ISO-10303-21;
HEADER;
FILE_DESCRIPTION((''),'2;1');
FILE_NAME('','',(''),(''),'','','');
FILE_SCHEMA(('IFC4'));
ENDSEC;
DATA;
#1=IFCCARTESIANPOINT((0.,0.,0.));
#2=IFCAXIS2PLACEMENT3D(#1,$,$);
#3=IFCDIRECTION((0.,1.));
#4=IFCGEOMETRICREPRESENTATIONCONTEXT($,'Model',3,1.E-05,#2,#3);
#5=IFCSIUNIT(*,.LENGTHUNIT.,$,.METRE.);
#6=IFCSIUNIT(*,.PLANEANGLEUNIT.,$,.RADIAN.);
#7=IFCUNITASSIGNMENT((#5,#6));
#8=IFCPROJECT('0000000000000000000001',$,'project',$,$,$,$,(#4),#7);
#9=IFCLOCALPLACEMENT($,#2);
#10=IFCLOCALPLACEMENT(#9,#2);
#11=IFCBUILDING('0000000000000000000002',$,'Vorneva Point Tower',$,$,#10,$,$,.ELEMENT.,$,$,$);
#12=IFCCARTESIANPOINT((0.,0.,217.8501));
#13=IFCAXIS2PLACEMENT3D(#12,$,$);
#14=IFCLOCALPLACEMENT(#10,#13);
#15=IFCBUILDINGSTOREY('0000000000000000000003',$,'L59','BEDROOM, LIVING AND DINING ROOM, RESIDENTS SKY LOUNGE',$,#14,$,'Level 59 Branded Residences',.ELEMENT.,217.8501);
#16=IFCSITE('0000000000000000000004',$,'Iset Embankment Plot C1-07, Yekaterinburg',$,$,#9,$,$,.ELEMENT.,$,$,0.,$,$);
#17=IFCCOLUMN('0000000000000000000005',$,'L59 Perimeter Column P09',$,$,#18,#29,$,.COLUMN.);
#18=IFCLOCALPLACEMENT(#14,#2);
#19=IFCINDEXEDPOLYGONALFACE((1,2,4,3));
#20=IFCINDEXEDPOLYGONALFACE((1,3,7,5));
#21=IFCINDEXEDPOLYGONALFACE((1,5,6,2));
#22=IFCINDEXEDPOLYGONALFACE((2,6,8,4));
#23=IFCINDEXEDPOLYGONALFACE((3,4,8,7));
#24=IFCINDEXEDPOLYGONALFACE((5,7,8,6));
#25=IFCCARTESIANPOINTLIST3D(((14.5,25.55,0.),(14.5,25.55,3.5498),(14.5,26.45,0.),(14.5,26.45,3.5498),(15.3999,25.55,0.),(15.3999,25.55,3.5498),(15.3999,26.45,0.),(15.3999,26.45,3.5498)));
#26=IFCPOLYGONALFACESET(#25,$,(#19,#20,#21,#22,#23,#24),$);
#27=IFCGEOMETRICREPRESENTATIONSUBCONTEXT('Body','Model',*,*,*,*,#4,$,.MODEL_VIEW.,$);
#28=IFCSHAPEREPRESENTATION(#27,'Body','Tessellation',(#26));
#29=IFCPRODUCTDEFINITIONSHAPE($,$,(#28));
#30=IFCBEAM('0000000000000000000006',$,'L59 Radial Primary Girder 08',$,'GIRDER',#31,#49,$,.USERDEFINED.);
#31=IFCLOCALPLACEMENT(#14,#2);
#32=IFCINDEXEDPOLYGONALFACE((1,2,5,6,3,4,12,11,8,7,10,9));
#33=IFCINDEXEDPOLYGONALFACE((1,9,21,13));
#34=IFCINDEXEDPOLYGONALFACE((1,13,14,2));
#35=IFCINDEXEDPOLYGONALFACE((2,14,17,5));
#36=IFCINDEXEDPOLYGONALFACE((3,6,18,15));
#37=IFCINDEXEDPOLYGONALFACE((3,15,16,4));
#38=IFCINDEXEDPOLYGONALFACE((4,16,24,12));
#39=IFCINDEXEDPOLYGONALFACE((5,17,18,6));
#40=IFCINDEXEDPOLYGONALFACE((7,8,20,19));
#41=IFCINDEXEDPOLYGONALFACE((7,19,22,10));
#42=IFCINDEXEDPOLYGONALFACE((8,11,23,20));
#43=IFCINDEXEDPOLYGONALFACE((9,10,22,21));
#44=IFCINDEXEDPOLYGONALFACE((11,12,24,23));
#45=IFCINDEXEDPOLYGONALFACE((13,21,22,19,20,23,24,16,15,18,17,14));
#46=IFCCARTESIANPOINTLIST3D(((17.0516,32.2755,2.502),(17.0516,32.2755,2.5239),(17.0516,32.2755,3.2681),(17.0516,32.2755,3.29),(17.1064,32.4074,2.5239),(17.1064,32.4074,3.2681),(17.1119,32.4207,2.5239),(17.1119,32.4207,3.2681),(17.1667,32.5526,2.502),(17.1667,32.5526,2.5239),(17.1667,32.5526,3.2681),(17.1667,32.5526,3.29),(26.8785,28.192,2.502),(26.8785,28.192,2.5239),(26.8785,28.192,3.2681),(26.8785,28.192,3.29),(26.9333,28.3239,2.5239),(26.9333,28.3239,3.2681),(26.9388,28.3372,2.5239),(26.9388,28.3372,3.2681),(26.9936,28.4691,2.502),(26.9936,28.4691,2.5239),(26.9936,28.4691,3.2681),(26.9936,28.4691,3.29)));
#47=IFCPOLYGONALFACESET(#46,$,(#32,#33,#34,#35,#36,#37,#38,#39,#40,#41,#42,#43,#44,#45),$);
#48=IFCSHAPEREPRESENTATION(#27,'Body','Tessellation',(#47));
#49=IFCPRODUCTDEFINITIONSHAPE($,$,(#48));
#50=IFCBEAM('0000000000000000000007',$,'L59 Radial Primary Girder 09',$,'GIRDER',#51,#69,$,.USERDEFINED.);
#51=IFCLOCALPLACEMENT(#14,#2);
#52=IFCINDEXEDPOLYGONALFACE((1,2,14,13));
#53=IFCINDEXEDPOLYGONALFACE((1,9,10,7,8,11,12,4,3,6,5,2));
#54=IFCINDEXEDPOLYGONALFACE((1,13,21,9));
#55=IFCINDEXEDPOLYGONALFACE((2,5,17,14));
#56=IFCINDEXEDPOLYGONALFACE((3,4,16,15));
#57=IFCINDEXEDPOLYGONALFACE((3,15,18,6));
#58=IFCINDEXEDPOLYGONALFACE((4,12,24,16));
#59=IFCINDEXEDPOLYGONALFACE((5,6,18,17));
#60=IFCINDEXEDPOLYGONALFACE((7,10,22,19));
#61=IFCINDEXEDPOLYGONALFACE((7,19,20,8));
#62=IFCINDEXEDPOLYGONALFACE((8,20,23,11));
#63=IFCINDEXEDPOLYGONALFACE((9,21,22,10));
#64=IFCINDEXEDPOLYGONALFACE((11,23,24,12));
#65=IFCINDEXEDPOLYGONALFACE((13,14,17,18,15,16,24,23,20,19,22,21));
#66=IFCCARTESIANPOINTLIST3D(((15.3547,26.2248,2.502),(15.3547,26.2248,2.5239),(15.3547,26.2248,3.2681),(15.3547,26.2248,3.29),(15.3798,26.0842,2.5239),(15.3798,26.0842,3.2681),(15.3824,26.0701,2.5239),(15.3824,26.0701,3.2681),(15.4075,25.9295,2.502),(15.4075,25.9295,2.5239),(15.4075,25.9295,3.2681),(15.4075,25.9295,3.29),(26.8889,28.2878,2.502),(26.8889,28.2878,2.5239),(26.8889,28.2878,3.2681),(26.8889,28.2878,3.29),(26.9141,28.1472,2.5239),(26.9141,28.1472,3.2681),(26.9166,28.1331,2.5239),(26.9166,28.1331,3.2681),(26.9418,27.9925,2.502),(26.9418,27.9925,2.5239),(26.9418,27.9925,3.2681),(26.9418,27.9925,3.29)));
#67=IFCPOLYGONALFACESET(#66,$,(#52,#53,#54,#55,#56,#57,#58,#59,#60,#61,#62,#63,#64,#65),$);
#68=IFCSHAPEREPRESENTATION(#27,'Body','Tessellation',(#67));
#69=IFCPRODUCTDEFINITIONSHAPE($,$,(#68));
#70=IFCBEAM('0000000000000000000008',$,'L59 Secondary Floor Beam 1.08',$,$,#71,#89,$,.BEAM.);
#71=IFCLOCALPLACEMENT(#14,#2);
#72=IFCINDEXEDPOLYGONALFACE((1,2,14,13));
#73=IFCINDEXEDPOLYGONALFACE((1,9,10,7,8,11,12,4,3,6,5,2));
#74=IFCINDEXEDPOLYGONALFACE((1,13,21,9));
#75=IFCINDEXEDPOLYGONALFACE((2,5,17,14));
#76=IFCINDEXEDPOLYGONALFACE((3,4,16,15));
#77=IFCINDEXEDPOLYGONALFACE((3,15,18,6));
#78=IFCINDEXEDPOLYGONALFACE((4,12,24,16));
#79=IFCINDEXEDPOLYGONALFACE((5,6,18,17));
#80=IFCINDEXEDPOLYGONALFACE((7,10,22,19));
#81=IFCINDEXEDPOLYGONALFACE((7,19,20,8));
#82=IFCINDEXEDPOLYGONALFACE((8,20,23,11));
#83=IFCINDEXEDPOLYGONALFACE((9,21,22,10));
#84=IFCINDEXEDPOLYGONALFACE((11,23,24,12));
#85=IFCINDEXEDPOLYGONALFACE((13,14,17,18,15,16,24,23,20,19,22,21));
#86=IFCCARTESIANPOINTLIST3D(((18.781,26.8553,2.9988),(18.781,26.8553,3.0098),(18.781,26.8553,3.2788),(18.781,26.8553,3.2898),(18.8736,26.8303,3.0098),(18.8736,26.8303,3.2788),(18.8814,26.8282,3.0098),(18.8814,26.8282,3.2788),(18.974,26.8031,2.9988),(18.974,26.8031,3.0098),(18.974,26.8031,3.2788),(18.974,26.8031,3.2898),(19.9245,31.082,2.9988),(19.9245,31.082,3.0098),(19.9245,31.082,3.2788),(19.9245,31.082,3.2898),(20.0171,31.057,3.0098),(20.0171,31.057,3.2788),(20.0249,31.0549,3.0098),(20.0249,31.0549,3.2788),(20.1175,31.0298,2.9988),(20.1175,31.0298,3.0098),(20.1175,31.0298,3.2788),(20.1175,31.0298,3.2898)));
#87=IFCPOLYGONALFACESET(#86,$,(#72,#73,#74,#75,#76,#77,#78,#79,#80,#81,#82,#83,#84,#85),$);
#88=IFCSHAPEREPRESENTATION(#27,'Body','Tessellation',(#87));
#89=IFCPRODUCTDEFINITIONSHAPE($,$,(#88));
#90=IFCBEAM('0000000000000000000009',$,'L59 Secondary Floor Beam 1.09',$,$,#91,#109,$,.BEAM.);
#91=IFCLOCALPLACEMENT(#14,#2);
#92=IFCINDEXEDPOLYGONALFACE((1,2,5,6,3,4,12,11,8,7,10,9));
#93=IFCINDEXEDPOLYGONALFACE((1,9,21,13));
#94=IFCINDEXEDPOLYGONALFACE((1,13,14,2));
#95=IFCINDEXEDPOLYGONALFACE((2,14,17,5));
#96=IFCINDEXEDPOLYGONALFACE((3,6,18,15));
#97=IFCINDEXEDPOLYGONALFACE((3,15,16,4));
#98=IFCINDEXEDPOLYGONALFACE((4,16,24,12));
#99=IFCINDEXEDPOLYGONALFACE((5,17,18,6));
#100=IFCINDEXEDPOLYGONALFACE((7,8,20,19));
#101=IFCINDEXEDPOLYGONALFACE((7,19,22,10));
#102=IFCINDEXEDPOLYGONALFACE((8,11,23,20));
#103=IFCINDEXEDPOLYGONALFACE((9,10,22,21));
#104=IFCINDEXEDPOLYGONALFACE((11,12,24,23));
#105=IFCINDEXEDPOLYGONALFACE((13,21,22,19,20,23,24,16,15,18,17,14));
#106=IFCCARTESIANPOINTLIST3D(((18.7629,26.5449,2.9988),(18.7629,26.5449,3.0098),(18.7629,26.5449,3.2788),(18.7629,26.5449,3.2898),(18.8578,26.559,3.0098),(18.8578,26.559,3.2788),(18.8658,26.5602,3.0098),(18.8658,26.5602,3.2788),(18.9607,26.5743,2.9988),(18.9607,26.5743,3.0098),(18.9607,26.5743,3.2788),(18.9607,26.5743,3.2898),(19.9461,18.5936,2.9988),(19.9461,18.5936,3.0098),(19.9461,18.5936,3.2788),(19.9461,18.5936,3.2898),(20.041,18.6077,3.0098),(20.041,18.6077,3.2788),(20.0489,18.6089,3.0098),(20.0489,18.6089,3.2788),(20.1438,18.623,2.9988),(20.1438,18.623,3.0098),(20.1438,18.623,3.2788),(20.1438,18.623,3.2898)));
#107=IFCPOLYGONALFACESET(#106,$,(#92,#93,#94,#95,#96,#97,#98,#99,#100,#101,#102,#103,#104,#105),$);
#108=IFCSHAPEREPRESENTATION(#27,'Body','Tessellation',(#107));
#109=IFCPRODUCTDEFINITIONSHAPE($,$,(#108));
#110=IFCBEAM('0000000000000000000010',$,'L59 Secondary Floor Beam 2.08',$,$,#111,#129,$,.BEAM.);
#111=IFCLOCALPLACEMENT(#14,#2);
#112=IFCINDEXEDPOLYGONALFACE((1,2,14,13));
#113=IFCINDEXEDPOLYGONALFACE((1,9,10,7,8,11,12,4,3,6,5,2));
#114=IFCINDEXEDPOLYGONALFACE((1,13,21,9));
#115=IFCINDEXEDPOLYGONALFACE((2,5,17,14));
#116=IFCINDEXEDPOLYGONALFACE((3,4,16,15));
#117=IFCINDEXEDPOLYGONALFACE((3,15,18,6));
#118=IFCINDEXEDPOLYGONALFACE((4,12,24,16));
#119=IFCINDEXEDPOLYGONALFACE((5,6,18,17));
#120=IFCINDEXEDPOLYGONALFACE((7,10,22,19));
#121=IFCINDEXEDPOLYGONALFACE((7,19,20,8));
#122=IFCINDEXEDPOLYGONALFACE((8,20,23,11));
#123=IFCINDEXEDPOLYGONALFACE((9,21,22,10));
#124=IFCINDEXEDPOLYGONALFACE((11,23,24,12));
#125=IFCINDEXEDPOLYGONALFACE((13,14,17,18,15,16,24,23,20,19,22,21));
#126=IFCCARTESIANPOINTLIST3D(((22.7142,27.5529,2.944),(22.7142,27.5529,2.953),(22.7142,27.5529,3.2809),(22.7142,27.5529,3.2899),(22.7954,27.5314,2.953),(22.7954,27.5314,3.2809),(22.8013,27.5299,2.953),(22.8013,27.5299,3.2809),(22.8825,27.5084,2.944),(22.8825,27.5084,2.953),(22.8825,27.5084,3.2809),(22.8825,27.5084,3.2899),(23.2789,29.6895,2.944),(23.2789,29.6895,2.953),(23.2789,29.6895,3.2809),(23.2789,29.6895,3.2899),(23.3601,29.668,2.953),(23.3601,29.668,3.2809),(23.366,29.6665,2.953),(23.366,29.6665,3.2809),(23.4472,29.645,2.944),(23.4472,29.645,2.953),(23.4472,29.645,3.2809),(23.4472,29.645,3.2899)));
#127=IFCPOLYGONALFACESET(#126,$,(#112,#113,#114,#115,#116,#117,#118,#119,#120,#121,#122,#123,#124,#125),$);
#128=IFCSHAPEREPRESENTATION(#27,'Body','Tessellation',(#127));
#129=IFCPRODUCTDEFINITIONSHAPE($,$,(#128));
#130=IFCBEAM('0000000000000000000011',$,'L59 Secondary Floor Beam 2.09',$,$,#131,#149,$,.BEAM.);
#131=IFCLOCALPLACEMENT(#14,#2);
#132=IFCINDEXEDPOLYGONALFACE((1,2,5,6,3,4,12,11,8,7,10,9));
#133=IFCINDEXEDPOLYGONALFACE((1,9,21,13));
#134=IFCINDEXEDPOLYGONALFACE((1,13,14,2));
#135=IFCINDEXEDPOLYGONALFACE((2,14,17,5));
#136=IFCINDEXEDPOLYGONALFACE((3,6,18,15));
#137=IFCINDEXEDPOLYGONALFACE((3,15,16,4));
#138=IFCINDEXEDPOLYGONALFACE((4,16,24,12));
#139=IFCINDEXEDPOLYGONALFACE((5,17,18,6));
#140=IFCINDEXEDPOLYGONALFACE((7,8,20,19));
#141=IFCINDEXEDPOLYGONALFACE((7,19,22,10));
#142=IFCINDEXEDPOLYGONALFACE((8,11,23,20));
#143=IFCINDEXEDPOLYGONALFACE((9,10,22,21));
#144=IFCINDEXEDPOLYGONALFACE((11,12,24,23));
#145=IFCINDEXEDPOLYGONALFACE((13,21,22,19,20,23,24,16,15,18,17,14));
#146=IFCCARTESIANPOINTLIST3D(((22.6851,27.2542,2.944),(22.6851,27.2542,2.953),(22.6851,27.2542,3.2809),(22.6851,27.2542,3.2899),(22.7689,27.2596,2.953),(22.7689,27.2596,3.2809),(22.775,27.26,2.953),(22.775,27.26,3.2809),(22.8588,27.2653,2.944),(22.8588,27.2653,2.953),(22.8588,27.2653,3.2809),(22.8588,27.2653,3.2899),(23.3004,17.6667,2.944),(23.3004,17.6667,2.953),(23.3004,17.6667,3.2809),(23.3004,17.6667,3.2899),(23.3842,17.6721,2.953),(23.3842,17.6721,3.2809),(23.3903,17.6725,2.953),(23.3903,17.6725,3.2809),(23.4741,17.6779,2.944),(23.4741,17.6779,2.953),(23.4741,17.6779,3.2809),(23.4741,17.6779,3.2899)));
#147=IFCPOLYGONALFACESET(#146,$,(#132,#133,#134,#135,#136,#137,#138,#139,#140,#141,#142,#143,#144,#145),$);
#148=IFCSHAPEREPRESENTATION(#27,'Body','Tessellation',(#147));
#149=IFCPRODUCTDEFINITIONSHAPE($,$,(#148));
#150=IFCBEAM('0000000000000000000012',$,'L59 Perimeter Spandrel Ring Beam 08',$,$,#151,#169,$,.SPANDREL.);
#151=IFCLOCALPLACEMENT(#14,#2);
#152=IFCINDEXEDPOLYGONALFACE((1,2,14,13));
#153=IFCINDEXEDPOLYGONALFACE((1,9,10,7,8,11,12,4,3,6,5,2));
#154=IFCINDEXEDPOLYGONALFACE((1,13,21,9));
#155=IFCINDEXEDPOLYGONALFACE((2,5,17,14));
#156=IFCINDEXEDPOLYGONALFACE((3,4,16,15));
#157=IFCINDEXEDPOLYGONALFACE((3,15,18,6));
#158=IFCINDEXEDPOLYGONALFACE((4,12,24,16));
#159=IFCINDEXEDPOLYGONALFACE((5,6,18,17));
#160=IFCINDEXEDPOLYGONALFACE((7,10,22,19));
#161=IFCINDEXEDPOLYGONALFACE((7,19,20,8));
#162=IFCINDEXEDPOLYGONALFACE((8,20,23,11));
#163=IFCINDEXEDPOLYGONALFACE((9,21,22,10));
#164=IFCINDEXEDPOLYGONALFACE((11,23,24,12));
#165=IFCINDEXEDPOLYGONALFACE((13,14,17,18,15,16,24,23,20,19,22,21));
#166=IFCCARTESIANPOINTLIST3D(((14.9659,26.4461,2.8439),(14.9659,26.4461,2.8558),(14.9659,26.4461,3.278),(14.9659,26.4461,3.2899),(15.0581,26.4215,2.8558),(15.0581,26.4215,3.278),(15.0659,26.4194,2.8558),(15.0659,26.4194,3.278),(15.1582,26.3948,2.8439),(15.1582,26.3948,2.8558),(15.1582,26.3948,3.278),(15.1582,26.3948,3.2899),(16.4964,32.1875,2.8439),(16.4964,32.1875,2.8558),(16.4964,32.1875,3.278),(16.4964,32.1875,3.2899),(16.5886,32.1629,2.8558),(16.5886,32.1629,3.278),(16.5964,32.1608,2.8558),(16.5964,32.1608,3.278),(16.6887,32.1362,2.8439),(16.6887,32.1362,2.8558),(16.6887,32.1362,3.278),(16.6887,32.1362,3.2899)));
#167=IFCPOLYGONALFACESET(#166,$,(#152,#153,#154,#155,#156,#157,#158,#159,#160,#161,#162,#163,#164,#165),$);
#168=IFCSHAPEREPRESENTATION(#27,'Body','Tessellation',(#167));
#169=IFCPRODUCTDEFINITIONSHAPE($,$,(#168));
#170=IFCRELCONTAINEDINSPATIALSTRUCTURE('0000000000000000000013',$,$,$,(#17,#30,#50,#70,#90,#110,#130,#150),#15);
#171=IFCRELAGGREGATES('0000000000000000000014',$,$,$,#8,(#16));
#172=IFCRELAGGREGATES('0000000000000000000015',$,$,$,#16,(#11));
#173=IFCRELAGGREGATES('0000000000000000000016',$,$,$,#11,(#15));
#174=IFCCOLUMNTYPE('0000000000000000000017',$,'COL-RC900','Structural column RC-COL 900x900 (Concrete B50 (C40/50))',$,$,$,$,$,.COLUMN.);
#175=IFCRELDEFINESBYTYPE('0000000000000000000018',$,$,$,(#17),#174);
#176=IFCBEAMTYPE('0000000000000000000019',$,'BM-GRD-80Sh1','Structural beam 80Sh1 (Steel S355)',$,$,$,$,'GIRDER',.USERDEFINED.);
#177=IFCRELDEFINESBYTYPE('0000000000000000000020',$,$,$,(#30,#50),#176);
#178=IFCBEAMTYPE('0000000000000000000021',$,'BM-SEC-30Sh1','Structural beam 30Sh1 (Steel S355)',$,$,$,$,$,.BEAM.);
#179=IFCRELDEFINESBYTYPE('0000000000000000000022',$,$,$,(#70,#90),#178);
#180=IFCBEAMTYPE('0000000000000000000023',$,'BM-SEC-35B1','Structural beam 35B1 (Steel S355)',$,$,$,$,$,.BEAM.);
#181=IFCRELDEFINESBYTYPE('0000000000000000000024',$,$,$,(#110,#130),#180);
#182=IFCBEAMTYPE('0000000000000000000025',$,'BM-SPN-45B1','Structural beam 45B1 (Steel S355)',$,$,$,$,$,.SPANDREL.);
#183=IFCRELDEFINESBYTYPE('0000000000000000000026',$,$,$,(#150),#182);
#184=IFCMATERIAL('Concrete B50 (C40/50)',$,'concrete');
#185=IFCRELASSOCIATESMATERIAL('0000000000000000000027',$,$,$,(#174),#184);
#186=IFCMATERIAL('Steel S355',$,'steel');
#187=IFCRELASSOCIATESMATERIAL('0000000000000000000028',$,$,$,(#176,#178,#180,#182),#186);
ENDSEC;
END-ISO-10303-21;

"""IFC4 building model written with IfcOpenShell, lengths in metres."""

from ifc_helpers import new_model, si_unit, direction, frame, origin, origin_2d, place, context, subcontext, project, spatial, rectangle, i_section, extrude, material, material_profile, profile_set, type_object, element, save


model = new_model("IFC4")

# Units and contexts
model_context = context("Model", 3, precision=1e-05, world=origin(), true_north=direction((0.0, 1.0)))
body_context = subcontext(model_context, "Body", "Model", "MODEL_VIEW")
ifc_project = project(units=[si_unit("LENGTHUNIT", "METRE"), si_unit("PLANEANGLEUNIT", "RADIAN")], contexts=[model_context])

# Site, building, storey
site_placement = place(None, origin())
site = spatial("IfcSite", under=ifc_project, at=site_placement, Name="Iset Embankment Plot C1-07, Yekaterinburg", CompositionType="ELEMENT", RefElevation=0.0)
building_placement = place(site_placement, origin())
building = spatial("IfcBuilding", under=site, at=building_placement, Name="Vorneva Point Tower", CompositionType="ELEMENT")
storey_placement = place(building_placement, frame((0.0, 0.0, 217.8501)))
storey = spatial("IfcBuildingStorey", under=building, at=storey_placement, Name="L59", Description="BEDROOM, LIVING AND DINING ROOM, RESIDENTS SKY LOUNGE", LongName="Level 59 Branded Residences", CompositionType="ELEMENT", Elevation=217.8501)

# Column
ifc_material_1 = material(Name="Concrete B50 (C40/50)", Category="concrete")
ifc_material_profile_1 = material_profile(ifc_material_1, rectangle(XDim=0.8999, YDim=0.8999, at=origin_2d()), Name="RC-COL 900x900")
ifc_profile_set_1 = profile_set([ifc_material_profile_1], Name="Concrete B50 (C40/50)")
column_type = type_object("IfcColumnType", Name="COL-RC900", Description="Structural column RC-COL 900x900 (Concrete B50 (C40/50))", PredefinedType="COLUMN", material=ifc_profile_set_1)
column_placement = place(storey_placement, frame((14.95, 26.0, 0.0), z_axis=(0.0, 0.0, 1.0), x_axis=(-1.0, 0.0, 0.0)))
element("IfcColumn", 1, at=column_placement, inside=storey, type_object=column_type, Name="L59 Perimeter Column P09", PredefinedType="COLUMN", context=body_context, shape_type="SweptSolid", body=[
    extrude(rectangle(XDim=0.8999, YDim=0.8999, at=origin_2d()), origin(), (0.0, 0.0, 1.0), 3.5498),
])

# Beams
ifc_material_2 = material(Name="Steel S355", Category="steel")
ifc_material_profile_2 = material_profile(ifc_material_2, i_section(OverallWidth=0.3, OverallDepth=0.7881, WebThickness=0.0144, FlangeThickness=0.022, at=origin_2d()), Name="80Sh1")
ifc_profile_set_2 = profile_set([ifc_material_profile_2], Name="Steel S355")
beam_type_1 = type_object("IfcBeamType", Name="BM-GRD-80Sh1", Description="Structural beam 80Sh1 (Steel S355)", ElementType="GIRDER", PredefinedType="USERDEFINED", material=ifc_profile_set_2)
beam_1_placement = place(storey_placement, frame((17.1091, 32.4141, 2.896), z_axis=(0.923445, -0.383731, 0.0), x_axis=(0.383731, 0.923445, 0.0)))
element("IfcBeam", 2, at=beam_1_placement, inside=storey, type_object=beam_type_1, Name="L59 Radial Primary Girder 08", ObjectType="GIRDER", PredefinedType="USERDEFINED", context=body_context, shape_type="SweptSolid", body=[
    extrude(i_section(OverallWidth=0.3, OverallDepth=0.7881, WebThickness=0.0144, FlangeThickness=0.022, at=origin_2d()), origin(), (0.0, 0.0, 1.0), 10.6416),
])
beam_2_placement = place(storey_placement, frame((15.3811, 26.0771, 2.896), z_axis=(0.984379, 0.176065, 0.0), x_axis=(-0.176065, 0.984379, 0.0)))
element("IfcBeam", 3, at=beam_2_placement, inside=storey, type_object=beam_type_1, Name="L59 Radial Primary Girder 09", ObjectType="GIRDER", PredefinedType="USERDEFINED", context=body_context, shape_type="SweptSolid", body=[
    extrude(i_section(OverallWidth=0.3, OverallDepth=0.7881, WebThickness=0.0144, FlangeThickness=0.022, at=origin_2d()), origin(), (0.0, 0.0, 1.0), 11.7173),
])
ifc_material_profile_3 = material_profile(ifc_material_2, i_section(OverallWidth=0.2, OverallDepth=0.291, WebThickness=0.0081, FlangeThickness=0.011, at=origin_2d()), Name="30Sh1")
ifc_profile_set_3 = profile_set([ifc_material_profile_3], Name="Steel S355")
beam_type_2 = type_object("IfcBeamType", Name="BM-SEC-30Sh1", Description="Structural beam 30Sh1 (Steel S355)", PredefinedType="BEAM", material=ifc_profile_set_3)
beam_3_placement = place(storey_placement, frame((20.021, 31.0559, 3.1443), z_axis=(-0.261159, -0.965296, 0.0), x_axis=(0.965296, -0.261159, 0.0)))
element("IfcBeam", 4, at=beam_3_placement, inside=storey, type_object=beam_type_2, Name="L59 Secondary Floor Beam 1.08", PredefinedType="BEAM", context=body_context, shape_type="SweptSolid", body=[
    extrude(i_section(OverallWidth=0.2, OverallDepth=0.291, WebThickness=0.0081, FlangeThickness=0.011, at=origin_2d()), origin(), (0.0, 0.0, 1.0), 4.3787),
])
beam_4_placement = place(storey_placement, frame((18.8618, 26.5596, 3.1443), z_axis=(0.147176, -0.98911, 0.0), x_axis=(0.98911, 0.147176, 0.0)))
element("IfcBeam", 5, at=beam_4_placement, inside=storey, type_object=beam_type_2, Name="L59 Secondary Floor Beam 1.09", PredefinedType="BEAM", context=body_context, shape_type="SweptSolid", body=[
    extrude(i_section(OverallWidth=0.2, OverallDepth=0.291, WebThickness=0.0081, FlangeThickness=0.011, at=origin_2d()), origin(), (0.0, 0.0, 1.0), 8.0388),
])
ifc_material_profile_4 = material_profile(ifc_material_2, i_section(OverallWidth=0.1741, OverallDepth=0.3459, WebThickness=0.0061, FlangeThickness=0.009, at=origin_2d()), Name="35B1")
ifc_profile_set_4 = profile_set([ifc_material_profile_4], Name="Steel S355")
beam_type_3 = type_object("IfcBeamType", Name="BM-SEC-35B1", Description="Structural beam 35B1 (Steel S355)", PredefinedType="BEAM", material=ifc_profile_set_4)
beam_5_placement = place(storey_placement, frame((23.363, 29.6672, 3.1169), z_axis=(-0.255537, -0.966799, 0.0), x_axis=(0.966799, -0.255537, 0.0)))
element("IfcBeam", 6, at=beam_5_placement, inside=storey, type_object=beam_type_3, Name="L59 Secondary Floor Beam 2.08", PredefinedType="BEAM", context=body_context, shape_type="SweptSolid", body=[
    extrude(i_section(OverallWidth=0.1741, OverallDepth=0.3459, WebThickness=0.0061, FlangeThickness=0.009, at=origin_2d()), origin(), (0.0, 0.0, 1.0), 2.21),
])
beam_6_placement = place(storey_placement, frame((22.772, 27.2598, 3.1169), z_axis=(0.064039, -0.997947, 0.0), x_axis=(0.997947, 0.064039, 0.0)))
element("IfcBeam", 7, at=beam_6_placement, inside=storey, type_object=beam_type_3, Name="L59 Secondary Floor Beam 2.09", PredefinedType="BEAM", context=body_context, shape_type="SweptSolid", body=[
    extrude(i_section(OverallWidth=0.1741, OverallDepth=0.3459, WebThickness=0.0061, FlangeThickness=0.009, at=origin_2d()), origin(), (0.0, 0.0, 1.0), 9.6072),
])
ifc_material_profile_5 = material_profile(ifc_material_2, i_section(OverallWidth=0.199, OverallDepth=0.446, WebThickness=0.0081, FlangeThickness=0.012, at=origin_2d()), Name="45B1")
ifc_profile_set_5 = profile_set([ifc_material_profile_5], Name="Steel S355")
beam_type_4 = type_object("IfcBeamType", Name="BM-SPN-45B1", Description="Structural beam 45B1 (Steel S355)", PredefinedType="SPANDREL", material=ifc_profile_set_5)
beam_7_placement = place(storey_placement, frame((16.5925, 32.1619, 3.0669), z_axis=(-0.257578, -0.966257, 0.0), x_axis=(0.966257, -0.257578, 0.0)))
element("IfcBeam", 8, at=beam_7_placement, inside=storey, type_object=beam_type_4, Name="L59 Perimeter Spandrel Ring Beam 08", PredefinedType="SPANDREL", context=body_context, shape_type="SweptSolid", body=[
    extrude(i_section(OverallWidth=0.199, OverallDepth=0.446, WebThickness=0.0081, FlangeThickness=0.012, at=origin_2d()), origin(), (0.0, 0.0, 1.0), 5.9419),
])

save(model, "model.ifc")
